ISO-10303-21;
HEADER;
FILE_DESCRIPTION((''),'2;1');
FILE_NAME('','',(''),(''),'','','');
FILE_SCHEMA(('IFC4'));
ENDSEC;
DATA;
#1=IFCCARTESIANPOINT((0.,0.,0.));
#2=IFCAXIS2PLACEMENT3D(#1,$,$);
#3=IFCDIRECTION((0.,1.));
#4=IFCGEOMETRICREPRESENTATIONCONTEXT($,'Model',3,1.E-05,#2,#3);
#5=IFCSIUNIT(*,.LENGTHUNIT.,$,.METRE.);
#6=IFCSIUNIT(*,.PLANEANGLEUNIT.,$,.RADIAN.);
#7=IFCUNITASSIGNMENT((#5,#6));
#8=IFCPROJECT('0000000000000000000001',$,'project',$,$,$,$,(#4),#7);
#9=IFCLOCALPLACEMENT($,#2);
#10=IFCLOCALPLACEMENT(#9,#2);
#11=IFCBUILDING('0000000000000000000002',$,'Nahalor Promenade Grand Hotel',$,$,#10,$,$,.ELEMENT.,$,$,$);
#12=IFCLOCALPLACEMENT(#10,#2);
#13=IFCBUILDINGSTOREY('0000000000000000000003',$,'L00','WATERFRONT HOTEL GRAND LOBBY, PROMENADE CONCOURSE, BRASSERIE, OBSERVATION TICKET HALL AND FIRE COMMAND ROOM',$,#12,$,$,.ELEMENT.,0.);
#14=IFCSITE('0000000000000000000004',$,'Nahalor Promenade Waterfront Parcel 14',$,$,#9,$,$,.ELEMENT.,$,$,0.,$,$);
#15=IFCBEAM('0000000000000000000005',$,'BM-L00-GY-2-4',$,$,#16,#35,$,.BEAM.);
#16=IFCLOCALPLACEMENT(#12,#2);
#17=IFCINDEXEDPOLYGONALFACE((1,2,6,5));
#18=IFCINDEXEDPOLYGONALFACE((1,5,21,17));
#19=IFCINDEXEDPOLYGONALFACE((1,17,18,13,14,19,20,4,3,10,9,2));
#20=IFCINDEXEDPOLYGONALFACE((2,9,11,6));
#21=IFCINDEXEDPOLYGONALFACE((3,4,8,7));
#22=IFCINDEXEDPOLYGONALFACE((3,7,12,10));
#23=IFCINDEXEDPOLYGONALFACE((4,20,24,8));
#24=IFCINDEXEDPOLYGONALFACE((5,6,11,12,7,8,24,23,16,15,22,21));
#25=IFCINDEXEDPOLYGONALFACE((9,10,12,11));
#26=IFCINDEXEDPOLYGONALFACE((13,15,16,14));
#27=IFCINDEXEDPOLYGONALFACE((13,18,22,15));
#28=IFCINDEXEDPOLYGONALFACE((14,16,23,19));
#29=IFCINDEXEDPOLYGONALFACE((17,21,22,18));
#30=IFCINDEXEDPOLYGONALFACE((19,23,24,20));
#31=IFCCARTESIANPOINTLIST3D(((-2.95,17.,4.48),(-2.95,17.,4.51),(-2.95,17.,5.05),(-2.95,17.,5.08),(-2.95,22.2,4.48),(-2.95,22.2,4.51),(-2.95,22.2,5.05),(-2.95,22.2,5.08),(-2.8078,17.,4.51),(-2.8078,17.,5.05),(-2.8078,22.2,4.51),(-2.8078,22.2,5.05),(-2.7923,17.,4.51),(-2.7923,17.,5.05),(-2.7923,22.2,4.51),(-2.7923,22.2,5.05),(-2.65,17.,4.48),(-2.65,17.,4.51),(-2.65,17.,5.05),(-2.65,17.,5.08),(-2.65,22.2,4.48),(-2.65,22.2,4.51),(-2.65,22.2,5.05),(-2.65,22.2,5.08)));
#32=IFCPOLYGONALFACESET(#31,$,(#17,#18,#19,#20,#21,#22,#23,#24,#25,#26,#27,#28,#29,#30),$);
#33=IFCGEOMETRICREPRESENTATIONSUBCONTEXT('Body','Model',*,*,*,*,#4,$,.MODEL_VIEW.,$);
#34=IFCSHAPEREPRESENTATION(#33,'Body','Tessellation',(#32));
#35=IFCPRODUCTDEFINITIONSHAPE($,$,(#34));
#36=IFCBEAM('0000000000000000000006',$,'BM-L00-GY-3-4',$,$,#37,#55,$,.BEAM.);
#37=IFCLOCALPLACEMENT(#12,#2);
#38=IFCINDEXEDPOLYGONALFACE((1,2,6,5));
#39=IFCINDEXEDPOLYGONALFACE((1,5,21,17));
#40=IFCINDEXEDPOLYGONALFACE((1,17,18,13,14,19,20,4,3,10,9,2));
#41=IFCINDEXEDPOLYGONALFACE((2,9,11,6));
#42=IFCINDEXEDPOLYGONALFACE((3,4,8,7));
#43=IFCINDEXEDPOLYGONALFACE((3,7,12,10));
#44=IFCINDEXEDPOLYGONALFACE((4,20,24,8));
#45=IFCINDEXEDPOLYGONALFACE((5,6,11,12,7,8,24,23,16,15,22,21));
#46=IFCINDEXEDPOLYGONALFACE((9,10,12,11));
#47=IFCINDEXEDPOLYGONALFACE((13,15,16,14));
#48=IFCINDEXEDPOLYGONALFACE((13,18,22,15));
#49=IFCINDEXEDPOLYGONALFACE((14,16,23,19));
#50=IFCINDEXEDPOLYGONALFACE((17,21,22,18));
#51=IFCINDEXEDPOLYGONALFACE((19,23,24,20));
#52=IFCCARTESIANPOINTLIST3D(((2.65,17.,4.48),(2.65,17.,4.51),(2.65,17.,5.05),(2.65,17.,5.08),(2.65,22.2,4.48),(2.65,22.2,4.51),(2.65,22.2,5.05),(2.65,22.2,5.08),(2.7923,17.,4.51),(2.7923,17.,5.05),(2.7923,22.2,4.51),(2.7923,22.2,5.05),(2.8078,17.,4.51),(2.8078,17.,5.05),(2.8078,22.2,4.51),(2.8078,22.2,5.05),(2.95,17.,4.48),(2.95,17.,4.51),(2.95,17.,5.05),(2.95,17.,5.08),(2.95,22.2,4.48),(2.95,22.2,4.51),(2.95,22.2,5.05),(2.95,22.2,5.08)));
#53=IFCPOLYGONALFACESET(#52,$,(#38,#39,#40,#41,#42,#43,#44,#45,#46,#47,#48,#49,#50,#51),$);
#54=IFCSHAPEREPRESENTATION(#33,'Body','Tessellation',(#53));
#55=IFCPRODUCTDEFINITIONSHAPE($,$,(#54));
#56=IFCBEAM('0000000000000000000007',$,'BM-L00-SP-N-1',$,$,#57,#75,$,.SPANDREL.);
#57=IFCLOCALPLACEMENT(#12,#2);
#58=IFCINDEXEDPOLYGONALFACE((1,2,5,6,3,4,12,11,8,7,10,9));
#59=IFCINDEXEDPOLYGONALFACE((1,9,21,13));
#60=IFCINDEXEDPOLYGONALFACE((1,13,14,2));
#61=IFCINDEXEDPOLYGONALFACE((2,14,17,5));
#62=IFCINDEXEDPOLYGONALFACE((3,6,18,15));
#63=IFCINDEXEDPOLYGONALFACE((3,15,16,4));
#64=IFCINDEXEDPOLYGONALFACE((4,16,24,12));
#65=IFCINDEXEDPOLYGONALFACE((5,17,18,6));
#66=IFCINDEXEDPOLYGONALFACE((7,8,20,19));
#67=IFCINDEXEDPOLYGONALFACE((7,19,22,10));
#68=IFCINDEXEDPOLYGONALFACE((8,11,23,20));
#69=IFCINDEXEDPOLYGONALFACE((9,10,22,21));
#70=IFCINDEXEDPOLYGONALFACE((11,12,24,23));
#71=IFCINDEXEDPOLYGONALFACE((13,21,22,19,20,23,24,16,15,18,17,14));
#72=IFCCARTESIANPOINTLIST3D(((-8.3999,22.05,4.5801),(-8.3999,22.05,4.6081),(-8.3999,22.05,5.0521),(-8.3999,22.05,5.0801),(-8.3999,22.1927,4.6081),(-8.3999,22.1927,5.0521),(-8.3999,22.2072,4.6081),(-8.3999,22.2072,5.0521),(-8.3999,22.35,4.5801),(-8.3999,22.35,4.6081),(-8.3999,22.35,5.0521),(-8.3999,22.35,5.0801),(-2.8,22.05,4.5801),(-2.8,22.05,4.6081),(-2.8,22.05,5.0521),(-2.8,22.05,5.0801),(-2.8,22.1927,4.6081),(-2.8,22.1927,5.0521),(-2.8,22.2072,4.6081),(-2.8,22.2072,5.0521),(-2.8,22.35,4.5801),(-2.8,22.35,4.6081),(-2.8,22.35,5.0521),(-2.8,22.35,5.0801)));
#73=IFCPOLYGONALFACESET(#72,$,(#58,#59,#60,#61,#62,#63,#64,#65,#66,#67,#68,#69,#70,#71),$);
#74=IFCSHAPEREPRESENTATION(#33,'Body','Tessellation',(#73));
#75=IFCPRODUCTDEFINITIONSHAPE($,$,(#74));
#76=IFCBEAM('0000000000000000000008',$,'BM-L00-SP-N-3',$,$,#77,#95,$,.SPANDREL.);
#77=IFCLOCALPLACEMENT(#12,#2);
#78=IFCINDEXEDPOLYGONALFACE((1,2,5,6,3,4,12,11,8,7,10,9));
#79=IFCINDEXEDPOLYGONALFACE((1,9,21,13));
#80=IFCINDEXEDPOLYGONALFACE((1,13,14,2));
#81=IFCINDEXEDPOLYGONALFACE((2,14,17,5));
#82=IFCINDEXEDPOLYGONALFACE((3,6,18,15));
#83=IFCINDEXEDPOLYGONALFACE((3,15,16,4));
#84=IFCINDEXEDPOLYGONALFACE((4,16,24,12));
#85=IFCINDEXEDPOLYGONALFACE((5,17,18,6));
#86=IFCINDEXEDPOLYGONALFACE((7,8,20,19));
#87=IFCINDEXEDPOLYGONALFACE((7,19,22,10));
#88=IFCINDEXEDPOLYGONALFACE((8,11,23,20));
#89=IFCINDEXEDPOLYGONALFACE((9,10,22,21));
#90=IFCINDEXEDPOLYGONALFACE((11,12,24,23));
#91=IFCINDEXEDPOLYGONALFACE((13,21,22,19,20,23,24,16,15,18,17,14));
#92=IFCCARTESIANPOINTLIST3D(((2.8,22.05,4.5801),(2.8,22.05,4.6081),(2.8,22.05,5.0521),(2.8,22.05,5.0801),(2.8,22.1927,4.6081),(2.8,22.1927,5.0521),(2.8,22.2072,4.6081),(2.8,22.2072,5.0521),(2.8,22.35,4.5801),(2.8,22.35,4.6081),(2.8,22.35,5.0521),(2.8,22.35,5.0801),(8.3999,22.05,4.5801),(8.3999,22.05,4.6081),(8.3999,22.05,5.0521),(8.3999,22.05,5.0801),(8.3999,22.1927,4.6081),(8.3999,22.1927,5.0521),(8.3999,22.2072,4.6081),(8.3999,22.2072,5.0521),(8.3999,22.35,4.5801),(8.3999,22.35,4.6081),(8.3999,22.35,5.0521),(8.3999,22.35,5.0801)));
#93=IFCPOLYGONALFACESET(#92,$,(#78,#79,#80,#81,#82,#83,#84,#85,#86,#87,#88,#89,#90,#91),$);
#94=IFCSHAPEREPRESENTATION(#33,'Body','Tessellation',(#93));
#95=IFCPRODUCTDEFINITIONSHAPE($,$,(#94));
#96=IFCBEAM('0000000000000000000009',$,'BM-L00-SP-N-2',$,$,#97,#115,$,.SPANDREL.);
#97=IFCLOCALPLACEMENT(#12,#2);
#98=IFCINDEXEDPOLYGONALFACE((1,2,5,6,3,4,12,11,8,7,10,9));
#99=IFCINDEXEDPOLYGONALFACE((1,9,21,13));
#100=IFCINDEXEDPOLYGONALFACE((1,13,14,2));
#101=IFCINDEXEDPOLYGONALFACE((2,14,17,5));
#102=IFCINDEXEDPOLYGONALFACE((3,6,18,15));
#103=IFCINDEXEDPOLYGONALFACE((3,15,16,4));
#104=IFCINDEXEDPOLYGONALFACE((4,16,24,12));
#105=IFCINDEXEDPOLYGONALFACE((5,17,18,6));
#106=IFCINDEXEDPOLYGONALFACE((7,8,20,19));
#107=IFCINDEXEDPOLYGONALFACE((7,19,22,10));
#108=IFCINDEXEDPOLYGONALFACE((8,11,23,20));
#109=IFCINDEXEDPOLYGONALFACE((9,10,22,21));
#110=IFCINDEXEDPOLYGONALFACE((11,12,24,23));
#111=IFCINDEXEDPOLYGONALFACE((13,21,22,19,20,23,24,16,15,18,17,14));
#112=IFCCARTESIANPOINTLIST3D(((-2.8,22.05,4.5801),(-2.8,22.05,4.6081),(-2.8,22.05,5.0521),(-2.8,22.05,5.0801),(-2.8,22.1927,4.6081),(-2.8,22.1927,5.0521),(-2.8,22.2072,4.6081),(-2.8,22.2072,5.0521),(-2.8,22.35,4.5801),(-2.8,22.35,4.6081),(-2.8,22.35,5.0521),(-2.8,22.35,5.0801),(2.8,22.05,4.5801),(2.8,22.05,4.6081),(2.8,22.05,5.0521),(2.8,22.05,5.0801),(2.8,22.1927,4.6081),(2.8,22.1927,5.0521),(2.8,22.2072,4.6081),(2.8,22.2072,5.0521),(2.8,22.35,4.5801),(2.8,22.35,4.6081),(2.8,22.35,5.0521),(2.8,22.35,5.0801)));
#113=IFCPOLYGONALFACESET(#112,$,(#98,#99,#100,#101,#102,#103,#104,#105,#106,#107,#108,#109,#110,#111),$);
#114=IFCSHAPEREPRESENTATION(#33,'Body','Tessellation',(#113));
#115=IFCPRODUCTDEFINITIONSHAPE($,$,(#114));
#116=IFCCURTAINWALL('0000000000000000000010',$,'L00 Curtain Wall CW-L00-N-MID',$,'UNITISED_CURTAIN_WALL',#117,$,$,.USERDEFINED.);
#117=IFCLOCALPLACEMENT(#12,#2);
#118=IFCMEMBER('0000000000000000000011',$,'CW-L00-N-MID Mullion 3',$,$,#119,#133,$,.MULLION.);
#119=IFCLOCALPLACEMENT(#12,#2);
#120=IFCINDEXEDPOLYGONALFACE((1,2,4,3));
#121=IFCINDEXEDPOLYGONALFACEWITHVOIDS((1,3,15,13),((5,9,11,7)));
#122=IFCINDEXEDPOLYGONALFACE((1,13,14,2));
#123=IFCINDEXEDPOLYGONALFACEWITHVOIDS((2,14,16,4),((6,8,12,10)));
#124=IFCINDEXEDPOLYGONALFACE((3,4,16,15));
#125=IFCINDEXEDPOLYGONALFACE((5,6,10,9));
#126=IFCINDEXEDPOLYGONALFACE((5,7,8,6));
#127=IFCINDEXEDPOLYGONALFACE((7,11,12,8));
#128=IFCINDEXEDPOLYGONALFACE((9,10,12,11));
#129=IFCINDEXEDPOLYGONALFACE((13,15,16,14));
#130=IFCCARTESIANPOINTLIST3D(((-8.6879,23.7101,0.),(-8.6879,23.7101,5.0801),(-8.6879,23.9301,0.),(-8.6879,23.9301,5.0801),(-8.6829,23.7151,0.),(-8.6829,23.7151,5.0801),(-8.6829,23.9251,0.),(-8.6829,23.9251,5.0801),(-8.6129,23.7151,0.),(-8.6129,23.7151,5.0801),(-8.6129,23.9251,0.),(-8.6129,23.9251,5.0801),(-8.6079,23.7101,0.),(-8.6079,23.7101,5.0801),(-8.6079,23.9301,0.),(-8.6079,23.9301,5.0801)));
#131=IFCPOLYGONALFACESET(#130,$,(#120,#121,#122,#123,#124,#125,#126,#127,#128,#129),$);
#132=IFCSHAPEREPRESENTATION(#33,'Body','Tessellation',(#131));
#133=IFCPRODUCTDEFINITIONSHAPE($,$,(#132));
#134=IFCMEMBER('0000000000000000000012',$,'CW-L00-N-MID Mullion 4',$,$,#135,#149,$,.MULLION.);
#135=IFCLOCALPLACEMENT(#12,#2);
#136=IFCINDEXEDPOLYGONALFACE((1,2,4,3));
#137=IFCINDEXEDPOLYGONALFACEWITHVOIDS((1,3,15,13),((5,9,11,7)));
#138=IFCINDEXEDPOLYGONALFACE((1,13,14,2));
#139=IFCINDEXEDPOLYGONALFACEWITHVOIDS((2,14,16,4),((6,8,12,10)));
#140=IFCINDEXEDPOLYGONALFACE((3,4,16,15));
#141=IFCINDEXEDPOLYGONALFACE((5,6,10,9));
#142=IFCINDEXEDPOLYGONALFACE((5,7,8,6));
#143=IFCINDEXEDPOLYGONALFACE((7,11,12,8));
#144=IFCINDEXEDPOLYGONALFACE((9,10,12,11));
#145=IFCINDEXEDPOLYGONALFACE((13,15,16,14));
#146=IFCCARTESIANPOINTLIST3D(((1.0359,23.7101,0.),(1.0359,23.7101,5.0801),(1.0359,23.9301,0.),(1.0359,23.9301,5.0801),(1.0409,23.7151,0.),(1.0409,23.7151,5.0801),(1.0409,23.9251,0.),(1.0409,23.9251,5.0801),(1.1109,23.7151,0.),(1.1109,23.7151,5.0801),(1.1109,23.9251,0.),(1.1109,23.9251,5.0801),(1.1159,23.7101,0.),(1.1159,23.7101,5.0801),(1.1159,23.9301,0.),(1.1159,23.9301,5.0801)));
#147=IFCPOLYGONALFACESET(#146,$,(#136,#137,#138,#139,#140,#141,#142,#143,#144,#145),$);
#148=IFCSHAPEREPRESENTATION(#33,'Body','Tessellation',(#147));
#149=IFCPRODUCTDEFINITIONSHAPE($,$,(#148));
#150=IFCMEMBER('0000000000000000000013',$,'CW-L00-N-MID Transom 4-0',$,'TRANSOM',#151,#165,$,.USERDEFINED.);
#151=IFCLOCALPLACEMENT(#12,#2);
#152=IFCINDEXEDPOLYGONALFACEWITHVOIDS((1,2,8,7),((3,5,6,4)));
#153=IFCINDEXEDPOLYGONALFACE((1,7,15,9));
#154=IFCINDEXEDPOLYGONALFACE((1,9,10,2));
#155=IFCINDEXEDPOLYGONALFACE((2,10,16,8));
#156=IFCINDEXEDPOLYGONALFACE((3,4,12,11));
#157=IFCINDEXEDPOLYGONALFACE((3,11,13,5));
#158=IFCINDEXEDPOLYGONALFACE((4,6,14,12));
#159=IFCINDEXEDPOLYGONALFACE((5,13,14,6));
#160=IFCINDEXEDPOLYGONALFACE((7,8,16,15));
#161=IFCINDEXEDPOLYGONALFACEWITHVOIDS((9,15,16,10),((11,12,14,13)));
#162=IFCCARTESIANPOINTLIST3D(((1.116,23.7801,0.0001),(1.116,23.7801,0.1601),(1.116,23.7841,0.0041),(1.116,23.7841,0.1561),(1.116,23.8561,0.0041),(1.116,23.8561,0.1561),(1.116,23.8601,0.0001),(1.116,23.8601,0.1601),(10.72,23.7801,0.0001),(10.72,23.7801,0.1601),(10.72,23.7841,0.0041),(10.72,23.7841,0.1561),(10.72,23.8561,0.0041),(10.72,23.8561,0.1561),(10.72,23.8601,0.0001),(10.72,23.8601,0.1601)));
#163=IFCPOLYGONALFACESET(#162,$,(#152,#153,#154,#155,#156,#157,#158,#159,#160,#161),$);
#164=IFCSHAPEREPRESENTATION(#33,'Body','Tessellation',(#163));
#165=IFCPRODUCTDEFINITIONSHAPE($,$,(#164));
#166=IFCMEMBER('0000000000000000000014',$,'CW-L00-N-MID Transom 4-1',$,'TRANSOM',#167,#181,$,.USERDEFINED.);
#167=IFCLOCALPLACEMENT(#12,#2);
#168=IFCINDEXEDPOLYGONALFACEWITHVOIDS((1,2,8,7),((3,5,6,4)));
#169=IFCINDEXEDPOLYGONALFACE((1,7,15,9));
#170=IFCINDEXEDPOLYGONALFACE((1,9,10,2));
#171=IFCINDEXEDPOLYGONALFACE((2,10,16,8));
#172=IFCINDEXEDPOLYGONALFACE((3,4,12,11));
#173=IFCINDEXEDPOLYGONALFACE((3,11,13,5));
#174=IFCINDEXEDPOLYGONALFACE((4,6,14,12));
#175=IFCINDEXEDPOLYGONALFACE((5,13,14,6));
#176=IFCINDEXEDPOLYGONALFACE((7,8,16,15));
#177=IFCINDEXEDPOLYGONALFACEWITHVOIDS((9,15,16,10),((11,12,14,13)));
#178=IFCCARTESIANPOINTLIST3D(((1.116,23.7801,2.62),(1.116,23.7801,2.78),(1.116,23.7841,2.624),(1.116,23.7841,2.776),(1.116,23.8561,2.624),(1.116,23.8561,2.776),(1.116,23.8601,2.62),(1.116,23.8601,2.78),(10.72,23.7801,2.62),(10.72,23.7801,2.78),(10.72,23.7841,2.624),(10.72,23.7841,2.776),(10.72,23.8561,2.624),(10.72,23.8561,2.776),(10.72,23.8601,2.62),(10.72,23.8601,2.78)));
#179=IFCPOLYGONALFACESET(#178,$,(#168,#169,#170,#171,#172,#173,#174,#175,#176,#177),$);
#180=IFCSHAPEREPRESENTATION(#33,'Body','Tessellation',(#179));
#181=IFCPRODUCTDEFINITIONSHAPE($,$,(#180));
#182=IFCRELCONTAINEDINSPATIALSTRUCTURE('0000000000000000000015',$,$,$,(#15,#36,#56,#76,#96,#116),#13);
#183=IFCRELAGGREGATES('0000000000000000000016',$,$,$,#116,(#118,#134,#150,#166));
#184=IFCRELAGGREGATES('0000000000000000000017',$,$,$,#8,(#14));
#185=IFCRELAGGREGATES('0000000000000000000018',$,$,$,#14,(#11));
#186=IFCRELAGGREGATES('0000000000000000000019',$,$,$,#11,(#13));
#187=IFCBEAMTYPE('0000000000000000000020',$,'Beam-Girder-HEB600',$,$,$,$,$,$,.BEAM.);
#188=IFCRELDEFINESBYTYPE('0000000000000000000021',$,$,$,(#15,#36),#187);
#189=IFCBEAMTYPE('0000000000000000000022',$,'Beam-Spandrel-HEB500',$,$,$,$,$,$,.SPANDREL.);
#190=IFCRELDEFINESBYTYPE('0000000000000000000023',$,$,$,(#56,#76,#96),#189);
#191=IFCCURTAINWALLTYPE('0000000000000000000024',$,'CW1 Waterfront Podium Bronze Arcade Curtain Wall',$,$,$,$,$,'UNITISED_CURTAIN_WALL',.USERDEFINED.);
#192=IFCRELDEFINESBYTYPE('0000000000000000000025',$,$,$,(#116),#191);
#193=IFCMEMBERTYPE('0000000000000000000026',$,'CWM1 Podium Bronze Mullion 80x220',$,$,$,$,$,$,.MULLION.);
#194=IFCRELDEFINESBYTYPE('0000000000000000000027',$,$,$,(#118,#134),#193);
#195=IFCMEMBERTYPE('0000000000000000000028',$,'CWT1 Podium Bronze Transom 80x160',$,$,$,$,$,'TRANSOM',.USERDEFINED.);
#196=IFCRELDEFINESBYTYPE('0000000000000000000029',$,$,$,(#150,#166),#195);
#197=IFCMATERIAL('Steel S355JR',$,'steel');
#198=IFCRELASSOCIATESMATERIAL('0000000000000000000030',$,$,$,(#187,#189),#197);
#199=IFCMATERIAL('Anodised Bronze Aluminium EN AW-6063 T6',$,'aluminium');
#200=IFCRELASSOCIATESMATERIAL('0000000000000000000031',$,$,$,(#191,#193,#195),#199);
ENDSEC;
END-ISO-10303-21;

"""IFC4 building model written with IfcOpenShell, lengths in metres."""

from ifc_helpers import new_model, si_unit, direction, frame, origin, origin_2d, place, context, subcontext, project, spatial, hollow_rectangle, i_section, extrude, source, transform, mapped, material, material_profile, profile_set, type_object, element, aggregate, save


model = new_model("IFC4")

# Units and contexts
model_context = context("Model", 3, precision=1e-05, world=origin(), true_north=direction((0.0, 1.0)))
body_context = subcontext(model_context, "Body", "Model", "MODEL_VIEW")
ifc_project = project(units=[si_unit("LENGTHUNIT", "METRE"), si_unit("PLANEANGLEUNIT", "RADIAN")], contexts=[model_context])

# Site, building, storey
site_placement = place(None, origin())
site = spatial("IfcSite", under=ifc_project, at=site_placement, Name="Nahalor Promenade Waterfront Parcel 14", CompositionType="ELEMENT", RefElevation=0.0)
building_placement = place(site_placement, origin())
building = spatial("IfcBuilding", under=site, at=building_placement, Name="Nahalor Promenade Grand Hotel", CompositionType="ELEMENT")
storey_placement = place(building_placement, origin())
storey = spatial("IfcBuildingStorey", under=building, at=storey_placement, Name="L00", Description="WATERFRONT HOTEL GRAND LOBBY, PROMENADE CONCOURSE, BRASSERIE, OBSERVATION TICKET HALL AND FIRE COMMAND ROOM", CompositionType="ELEMENT", Elevation=0.0)

# Beams
ifc_material_1 = material(Name="Steel S355JR", Category="steel")
ifc_material_profile_1 = material_profile(ifc_material_1, i_section(OverallWidth=0.3, OverallDepth=0.6, WebThickness=0.0155, FlangeThickness=0.03, at=origin_2d()), Name="HEB 600")
ifc_profile_set_1 = profile_set([ifc_material_profile_1], Name="Steel S355JR")
beam_type_1 = type_object("IfcBeamType", Name="Beam-Girder-HEB600", PredefinedType="BEAM", material=ifc_profile_set_1)
shared_shape_1 = source(origin(), body_context, "Body", "SweptSolid", [
    extrude(i_section(OverallWidth=0.3, OverallDepth=0.6, WebThickness=0.0155, FlangeThickness=0.03, at=origin_2d()), origin(), (0.0, 0.0, 1.0), 5.2),
])
for number, where, z_axis, x_axis, name in (
    (1, (-2.8, 17.0, 4.78), (0.0, 1.0, 0.0), (-1.0, 0.0, 0.0), "BM-L00-GY-2-4"),
    (2, (2.8, 17.0, 4.78), (0.0, 1.0, 0.0), (-1.0, 0.0, 0.0), "BM-L00-GY-3-4"),
):
    element("IfcBeam", number, at=place(storey_placement, frame(where, z_axis=z_axis, x_axis=x_axis)), inside=storey, type_object=beam_type_1, Name=name, PredefinedType="BEAM", context=body_context, shape_type="MappedRepresentation", body=[
        mapped(shared_shape_1, transform((0.0, 0.0, 0.0), scale=1.0)),
    ])
ifc_material_profile_2 = material_profile(ifc_material_1, i_section(OverallWidth=0.3, OverallDepth=0.5, WebThickness=0.0145, FlangeThickness=0.028, at=origin_2d()), Name="HEB 500")
ifc_profile_set_2 = profile_set([ifc_material_profile_2], Name="Steel S355JR")
beam_type_2 = type_object("IfcBeamType", Name="Beam-Spandrel-HEB500", PredefinedType="SPANDREL", material=ifc_profile_set_2)
shared_shape_2 = source(origin(), body_context, "Body", "SweptSolid", [
    extrude(i_section(OverallWidth=0.3, OverallDepth=0.5, WebThickness=0.0145, FlangeThickness=0.028, at=origin_2d()), origin(), (0.0, 0.0, 1.0), 5.5999),
])
for number, where, z_axis, x_axis, name in (
    (3, (-8.3999, 22.2, 4.8301), (1.0, 0.0, 0.0), (0.0, 1.0, 0.0), "BM-L00-SP-N-1"),
    (4, (2.8, 22.2, 4.8301), (1.0, 0.0, 0.0), (0.0, 1.0, 0.0), "BM-L00-SP-N-3"),
):
    element("IfcBeam", number, at=place(storey_placement, frame(where, z_axis=z_axis, x_axis=x_axis)), inside=storey, type_object=beam_type_2, Name=name, PredefinedType="SPANDREL", context=body_context, shape_type="MappedRepresentation", body=[
        mapped(shared_shape_2, transform((0.0, 0.0, 0.0), scale=1.0)),
    ])
shared_shape_3 = source(origin(), body_context, "Body", "SweptSolid", [
    extrude(i_section(OverallWidth=0.3, OverallDepth=0.5, WebThickness=0.0145, FlangeThickness=0.028, at=origin_2d()), origin(), (0.0, 0.0, 1.0), 5.6001),
])
beam_1_placement = place(storey_placement, frame((-2.8, 22.2, 4.8301), z_axis=(1.0, 0.0, 0.0), x_axis=(0.0, 1.0, 0.0)))
element("IfcBeam", 5, at=beam_1_placement, inside=storey, type_object=beam_type_2, Name="BM-L00-SP-N-2", PredefinedType="SPANDREL", context=body_context, shape_type="MappedRepresentation", body=[
    mapped(shared_shape_3, transform((0.0, 0.0, 0.0), scale=1.0)),
])

# Curtain wall, members
ifc_material_2 = material(Name="Anodised Bronze Aluminium EN AW-6063 T6", Category="aluminium")
curtain_wall_type = type_object("IfcCurtainWallType", Name="CW1 Waterfront Podium Bronze Arcade Curtain Wall", ElementType="UNITISED_CURTAIN_WALL", PredefinedType="USERDEFINED", material=ifc_material_2)
curtain_wall_placement = place(storey_placement, origin())
curtain_wall = element("IfcCurtainWall", 6, at=curtain_wall_placement, inside=storey, type_object=curtain_wall_type, Name="L00 Curtain Wall CW-L00-N-MID", ObjectType="UNITISED_CURTAIN_WALL", PredefinedType="USERDEFINED")
ifc_material_profile_3 = material_profile(ifc_material_2, hollow_rectangle(XDim=0.08, YDim=0.22, WallThickness=0.005, at=origin_2d()), Name="CWM 80x220x5")
ifc_profile_set_3 = profile_set([ifc_material_profile_3], Name="Anodised Bronze Aluminium EN AW-6063 T6")
member_type_1 = type_object("IfcMemberType", Name="CWM1 Podium Bronze Mullion 80x220", PredefinedType="MULLION", material=ifc_profile_set_3)
shared_shape_4 = source(origin(), body_context, "Body", "SweptSolid", [
    extrude(hollow_rectangle(XDim=0.08, YDim=0.22, WallThickness=0.005, at=origin_2d()), origin(), (0.0, 0.0, 1.0), 5.0801),
])
member_1_placement = place(storey_placement, frame((-8.6479, 23.8201, 0.0), z_axis=(0.0, 0.0, 1.0), x_axis=(1.0, 0.0, 0.0)))
member_1 = element("IfcMember", 7, at=member_1_placement, type_object=member_type_1, Name="CW-L00-N-MID Mullion 3", PredefinedType="MULLION", context=body_context, shape_type="MappedRepresentation", body=[
    mapped(shared_shape_4, transform((0.0, 0.0, 0.0), scale=1.0)),
])
member_2_placement = place(storey_placement, frame((1.0759, 23.8201, 0.0), z_axis=(0.0, 0.0, 1.0), x_axis=(1.0, 0.0, 0.0)))
member_2 = element("IfcMember", 8, at=member_2_placement, type_object=member_type_1, Name="CW-L00-N-MID Mullion 4", PredefinedType="MULLION", context=body_context, shape_type="MappedRepresentation", body=[
    mapped(shared_shape_4, transform((0.0, 0.0, 0.0), scale=1.0)),
])
ifc_material_profile_4 = material_profile(ifc_material_2, hollow_rectangle(XDim=0.08, YDim=0.16, WallThickness=0.004, at=origin_2d()), Name="CWT 80x160x4")
ifc_profile_set_4 = profile_set([ifc_material_profile_4], Name="Anodised Bronze Aluminium EN AW-6063 T6")
member_type_2 = type_object("IfcMemberType", Name="CWT1 Podium Bronze Transom 80x160", ElementType="TRANSOM", PredefinedType="USERDEFINED", material=ifc_profile_set_4)
shared_shape_5 = source(origin(), body_context, "Body", "SweptSolid", [
    extrude(hollow_rectangle(XDim=0.08, YDim=0.16, WallThickness=0.004, at=origin_2d()), origin(), (0.0, 0.0, 1.0), 9.604),
])
member_3_placement = place(storey_placement, frame((1.116, 23.8201, 0.0801), z_axis=(1.0, 0.0, 0.0), x_axis=(0.0, 1.0, 0.0)))
member_3 = element("IfcMember", 9, at=member_3_placement, type_object=member_type_2, Name="CW-L00-N-MID Transom 4-0", ObjectType="TRANSOM", PredefinedType="USERDEFINED", context=body_context, shape_type="MappedRepresentation", body=[
    mapped(shared_shape_5, transform((0.0, 0.0, 0.0), scale=1.0)),
])
member_4_placement = place(storey_placement, frame((1.116, 23.8201, 2.7), z_axis=(1.0, 0.0, 0.0), x_axis=(0.0, 1.0, 0.0)))
member_4 = element("IfcMember", 10, at=member_4_placement, type_object=member_type_2, Name="CW-L00-N-MID Transom 4-1", ObjectType="TRANSOM", PredefinedType="USERDEFINED", context=body_context, shape_type="MappedRepresentation", body=[
    mapped(shared_shape_5, transform((0.0, 0.0, 0.0), scale=1.0)),
])
aggregate(curtain_wall, [member_1, member_2, member_3, member_4])

save(model, "model.ifc")
